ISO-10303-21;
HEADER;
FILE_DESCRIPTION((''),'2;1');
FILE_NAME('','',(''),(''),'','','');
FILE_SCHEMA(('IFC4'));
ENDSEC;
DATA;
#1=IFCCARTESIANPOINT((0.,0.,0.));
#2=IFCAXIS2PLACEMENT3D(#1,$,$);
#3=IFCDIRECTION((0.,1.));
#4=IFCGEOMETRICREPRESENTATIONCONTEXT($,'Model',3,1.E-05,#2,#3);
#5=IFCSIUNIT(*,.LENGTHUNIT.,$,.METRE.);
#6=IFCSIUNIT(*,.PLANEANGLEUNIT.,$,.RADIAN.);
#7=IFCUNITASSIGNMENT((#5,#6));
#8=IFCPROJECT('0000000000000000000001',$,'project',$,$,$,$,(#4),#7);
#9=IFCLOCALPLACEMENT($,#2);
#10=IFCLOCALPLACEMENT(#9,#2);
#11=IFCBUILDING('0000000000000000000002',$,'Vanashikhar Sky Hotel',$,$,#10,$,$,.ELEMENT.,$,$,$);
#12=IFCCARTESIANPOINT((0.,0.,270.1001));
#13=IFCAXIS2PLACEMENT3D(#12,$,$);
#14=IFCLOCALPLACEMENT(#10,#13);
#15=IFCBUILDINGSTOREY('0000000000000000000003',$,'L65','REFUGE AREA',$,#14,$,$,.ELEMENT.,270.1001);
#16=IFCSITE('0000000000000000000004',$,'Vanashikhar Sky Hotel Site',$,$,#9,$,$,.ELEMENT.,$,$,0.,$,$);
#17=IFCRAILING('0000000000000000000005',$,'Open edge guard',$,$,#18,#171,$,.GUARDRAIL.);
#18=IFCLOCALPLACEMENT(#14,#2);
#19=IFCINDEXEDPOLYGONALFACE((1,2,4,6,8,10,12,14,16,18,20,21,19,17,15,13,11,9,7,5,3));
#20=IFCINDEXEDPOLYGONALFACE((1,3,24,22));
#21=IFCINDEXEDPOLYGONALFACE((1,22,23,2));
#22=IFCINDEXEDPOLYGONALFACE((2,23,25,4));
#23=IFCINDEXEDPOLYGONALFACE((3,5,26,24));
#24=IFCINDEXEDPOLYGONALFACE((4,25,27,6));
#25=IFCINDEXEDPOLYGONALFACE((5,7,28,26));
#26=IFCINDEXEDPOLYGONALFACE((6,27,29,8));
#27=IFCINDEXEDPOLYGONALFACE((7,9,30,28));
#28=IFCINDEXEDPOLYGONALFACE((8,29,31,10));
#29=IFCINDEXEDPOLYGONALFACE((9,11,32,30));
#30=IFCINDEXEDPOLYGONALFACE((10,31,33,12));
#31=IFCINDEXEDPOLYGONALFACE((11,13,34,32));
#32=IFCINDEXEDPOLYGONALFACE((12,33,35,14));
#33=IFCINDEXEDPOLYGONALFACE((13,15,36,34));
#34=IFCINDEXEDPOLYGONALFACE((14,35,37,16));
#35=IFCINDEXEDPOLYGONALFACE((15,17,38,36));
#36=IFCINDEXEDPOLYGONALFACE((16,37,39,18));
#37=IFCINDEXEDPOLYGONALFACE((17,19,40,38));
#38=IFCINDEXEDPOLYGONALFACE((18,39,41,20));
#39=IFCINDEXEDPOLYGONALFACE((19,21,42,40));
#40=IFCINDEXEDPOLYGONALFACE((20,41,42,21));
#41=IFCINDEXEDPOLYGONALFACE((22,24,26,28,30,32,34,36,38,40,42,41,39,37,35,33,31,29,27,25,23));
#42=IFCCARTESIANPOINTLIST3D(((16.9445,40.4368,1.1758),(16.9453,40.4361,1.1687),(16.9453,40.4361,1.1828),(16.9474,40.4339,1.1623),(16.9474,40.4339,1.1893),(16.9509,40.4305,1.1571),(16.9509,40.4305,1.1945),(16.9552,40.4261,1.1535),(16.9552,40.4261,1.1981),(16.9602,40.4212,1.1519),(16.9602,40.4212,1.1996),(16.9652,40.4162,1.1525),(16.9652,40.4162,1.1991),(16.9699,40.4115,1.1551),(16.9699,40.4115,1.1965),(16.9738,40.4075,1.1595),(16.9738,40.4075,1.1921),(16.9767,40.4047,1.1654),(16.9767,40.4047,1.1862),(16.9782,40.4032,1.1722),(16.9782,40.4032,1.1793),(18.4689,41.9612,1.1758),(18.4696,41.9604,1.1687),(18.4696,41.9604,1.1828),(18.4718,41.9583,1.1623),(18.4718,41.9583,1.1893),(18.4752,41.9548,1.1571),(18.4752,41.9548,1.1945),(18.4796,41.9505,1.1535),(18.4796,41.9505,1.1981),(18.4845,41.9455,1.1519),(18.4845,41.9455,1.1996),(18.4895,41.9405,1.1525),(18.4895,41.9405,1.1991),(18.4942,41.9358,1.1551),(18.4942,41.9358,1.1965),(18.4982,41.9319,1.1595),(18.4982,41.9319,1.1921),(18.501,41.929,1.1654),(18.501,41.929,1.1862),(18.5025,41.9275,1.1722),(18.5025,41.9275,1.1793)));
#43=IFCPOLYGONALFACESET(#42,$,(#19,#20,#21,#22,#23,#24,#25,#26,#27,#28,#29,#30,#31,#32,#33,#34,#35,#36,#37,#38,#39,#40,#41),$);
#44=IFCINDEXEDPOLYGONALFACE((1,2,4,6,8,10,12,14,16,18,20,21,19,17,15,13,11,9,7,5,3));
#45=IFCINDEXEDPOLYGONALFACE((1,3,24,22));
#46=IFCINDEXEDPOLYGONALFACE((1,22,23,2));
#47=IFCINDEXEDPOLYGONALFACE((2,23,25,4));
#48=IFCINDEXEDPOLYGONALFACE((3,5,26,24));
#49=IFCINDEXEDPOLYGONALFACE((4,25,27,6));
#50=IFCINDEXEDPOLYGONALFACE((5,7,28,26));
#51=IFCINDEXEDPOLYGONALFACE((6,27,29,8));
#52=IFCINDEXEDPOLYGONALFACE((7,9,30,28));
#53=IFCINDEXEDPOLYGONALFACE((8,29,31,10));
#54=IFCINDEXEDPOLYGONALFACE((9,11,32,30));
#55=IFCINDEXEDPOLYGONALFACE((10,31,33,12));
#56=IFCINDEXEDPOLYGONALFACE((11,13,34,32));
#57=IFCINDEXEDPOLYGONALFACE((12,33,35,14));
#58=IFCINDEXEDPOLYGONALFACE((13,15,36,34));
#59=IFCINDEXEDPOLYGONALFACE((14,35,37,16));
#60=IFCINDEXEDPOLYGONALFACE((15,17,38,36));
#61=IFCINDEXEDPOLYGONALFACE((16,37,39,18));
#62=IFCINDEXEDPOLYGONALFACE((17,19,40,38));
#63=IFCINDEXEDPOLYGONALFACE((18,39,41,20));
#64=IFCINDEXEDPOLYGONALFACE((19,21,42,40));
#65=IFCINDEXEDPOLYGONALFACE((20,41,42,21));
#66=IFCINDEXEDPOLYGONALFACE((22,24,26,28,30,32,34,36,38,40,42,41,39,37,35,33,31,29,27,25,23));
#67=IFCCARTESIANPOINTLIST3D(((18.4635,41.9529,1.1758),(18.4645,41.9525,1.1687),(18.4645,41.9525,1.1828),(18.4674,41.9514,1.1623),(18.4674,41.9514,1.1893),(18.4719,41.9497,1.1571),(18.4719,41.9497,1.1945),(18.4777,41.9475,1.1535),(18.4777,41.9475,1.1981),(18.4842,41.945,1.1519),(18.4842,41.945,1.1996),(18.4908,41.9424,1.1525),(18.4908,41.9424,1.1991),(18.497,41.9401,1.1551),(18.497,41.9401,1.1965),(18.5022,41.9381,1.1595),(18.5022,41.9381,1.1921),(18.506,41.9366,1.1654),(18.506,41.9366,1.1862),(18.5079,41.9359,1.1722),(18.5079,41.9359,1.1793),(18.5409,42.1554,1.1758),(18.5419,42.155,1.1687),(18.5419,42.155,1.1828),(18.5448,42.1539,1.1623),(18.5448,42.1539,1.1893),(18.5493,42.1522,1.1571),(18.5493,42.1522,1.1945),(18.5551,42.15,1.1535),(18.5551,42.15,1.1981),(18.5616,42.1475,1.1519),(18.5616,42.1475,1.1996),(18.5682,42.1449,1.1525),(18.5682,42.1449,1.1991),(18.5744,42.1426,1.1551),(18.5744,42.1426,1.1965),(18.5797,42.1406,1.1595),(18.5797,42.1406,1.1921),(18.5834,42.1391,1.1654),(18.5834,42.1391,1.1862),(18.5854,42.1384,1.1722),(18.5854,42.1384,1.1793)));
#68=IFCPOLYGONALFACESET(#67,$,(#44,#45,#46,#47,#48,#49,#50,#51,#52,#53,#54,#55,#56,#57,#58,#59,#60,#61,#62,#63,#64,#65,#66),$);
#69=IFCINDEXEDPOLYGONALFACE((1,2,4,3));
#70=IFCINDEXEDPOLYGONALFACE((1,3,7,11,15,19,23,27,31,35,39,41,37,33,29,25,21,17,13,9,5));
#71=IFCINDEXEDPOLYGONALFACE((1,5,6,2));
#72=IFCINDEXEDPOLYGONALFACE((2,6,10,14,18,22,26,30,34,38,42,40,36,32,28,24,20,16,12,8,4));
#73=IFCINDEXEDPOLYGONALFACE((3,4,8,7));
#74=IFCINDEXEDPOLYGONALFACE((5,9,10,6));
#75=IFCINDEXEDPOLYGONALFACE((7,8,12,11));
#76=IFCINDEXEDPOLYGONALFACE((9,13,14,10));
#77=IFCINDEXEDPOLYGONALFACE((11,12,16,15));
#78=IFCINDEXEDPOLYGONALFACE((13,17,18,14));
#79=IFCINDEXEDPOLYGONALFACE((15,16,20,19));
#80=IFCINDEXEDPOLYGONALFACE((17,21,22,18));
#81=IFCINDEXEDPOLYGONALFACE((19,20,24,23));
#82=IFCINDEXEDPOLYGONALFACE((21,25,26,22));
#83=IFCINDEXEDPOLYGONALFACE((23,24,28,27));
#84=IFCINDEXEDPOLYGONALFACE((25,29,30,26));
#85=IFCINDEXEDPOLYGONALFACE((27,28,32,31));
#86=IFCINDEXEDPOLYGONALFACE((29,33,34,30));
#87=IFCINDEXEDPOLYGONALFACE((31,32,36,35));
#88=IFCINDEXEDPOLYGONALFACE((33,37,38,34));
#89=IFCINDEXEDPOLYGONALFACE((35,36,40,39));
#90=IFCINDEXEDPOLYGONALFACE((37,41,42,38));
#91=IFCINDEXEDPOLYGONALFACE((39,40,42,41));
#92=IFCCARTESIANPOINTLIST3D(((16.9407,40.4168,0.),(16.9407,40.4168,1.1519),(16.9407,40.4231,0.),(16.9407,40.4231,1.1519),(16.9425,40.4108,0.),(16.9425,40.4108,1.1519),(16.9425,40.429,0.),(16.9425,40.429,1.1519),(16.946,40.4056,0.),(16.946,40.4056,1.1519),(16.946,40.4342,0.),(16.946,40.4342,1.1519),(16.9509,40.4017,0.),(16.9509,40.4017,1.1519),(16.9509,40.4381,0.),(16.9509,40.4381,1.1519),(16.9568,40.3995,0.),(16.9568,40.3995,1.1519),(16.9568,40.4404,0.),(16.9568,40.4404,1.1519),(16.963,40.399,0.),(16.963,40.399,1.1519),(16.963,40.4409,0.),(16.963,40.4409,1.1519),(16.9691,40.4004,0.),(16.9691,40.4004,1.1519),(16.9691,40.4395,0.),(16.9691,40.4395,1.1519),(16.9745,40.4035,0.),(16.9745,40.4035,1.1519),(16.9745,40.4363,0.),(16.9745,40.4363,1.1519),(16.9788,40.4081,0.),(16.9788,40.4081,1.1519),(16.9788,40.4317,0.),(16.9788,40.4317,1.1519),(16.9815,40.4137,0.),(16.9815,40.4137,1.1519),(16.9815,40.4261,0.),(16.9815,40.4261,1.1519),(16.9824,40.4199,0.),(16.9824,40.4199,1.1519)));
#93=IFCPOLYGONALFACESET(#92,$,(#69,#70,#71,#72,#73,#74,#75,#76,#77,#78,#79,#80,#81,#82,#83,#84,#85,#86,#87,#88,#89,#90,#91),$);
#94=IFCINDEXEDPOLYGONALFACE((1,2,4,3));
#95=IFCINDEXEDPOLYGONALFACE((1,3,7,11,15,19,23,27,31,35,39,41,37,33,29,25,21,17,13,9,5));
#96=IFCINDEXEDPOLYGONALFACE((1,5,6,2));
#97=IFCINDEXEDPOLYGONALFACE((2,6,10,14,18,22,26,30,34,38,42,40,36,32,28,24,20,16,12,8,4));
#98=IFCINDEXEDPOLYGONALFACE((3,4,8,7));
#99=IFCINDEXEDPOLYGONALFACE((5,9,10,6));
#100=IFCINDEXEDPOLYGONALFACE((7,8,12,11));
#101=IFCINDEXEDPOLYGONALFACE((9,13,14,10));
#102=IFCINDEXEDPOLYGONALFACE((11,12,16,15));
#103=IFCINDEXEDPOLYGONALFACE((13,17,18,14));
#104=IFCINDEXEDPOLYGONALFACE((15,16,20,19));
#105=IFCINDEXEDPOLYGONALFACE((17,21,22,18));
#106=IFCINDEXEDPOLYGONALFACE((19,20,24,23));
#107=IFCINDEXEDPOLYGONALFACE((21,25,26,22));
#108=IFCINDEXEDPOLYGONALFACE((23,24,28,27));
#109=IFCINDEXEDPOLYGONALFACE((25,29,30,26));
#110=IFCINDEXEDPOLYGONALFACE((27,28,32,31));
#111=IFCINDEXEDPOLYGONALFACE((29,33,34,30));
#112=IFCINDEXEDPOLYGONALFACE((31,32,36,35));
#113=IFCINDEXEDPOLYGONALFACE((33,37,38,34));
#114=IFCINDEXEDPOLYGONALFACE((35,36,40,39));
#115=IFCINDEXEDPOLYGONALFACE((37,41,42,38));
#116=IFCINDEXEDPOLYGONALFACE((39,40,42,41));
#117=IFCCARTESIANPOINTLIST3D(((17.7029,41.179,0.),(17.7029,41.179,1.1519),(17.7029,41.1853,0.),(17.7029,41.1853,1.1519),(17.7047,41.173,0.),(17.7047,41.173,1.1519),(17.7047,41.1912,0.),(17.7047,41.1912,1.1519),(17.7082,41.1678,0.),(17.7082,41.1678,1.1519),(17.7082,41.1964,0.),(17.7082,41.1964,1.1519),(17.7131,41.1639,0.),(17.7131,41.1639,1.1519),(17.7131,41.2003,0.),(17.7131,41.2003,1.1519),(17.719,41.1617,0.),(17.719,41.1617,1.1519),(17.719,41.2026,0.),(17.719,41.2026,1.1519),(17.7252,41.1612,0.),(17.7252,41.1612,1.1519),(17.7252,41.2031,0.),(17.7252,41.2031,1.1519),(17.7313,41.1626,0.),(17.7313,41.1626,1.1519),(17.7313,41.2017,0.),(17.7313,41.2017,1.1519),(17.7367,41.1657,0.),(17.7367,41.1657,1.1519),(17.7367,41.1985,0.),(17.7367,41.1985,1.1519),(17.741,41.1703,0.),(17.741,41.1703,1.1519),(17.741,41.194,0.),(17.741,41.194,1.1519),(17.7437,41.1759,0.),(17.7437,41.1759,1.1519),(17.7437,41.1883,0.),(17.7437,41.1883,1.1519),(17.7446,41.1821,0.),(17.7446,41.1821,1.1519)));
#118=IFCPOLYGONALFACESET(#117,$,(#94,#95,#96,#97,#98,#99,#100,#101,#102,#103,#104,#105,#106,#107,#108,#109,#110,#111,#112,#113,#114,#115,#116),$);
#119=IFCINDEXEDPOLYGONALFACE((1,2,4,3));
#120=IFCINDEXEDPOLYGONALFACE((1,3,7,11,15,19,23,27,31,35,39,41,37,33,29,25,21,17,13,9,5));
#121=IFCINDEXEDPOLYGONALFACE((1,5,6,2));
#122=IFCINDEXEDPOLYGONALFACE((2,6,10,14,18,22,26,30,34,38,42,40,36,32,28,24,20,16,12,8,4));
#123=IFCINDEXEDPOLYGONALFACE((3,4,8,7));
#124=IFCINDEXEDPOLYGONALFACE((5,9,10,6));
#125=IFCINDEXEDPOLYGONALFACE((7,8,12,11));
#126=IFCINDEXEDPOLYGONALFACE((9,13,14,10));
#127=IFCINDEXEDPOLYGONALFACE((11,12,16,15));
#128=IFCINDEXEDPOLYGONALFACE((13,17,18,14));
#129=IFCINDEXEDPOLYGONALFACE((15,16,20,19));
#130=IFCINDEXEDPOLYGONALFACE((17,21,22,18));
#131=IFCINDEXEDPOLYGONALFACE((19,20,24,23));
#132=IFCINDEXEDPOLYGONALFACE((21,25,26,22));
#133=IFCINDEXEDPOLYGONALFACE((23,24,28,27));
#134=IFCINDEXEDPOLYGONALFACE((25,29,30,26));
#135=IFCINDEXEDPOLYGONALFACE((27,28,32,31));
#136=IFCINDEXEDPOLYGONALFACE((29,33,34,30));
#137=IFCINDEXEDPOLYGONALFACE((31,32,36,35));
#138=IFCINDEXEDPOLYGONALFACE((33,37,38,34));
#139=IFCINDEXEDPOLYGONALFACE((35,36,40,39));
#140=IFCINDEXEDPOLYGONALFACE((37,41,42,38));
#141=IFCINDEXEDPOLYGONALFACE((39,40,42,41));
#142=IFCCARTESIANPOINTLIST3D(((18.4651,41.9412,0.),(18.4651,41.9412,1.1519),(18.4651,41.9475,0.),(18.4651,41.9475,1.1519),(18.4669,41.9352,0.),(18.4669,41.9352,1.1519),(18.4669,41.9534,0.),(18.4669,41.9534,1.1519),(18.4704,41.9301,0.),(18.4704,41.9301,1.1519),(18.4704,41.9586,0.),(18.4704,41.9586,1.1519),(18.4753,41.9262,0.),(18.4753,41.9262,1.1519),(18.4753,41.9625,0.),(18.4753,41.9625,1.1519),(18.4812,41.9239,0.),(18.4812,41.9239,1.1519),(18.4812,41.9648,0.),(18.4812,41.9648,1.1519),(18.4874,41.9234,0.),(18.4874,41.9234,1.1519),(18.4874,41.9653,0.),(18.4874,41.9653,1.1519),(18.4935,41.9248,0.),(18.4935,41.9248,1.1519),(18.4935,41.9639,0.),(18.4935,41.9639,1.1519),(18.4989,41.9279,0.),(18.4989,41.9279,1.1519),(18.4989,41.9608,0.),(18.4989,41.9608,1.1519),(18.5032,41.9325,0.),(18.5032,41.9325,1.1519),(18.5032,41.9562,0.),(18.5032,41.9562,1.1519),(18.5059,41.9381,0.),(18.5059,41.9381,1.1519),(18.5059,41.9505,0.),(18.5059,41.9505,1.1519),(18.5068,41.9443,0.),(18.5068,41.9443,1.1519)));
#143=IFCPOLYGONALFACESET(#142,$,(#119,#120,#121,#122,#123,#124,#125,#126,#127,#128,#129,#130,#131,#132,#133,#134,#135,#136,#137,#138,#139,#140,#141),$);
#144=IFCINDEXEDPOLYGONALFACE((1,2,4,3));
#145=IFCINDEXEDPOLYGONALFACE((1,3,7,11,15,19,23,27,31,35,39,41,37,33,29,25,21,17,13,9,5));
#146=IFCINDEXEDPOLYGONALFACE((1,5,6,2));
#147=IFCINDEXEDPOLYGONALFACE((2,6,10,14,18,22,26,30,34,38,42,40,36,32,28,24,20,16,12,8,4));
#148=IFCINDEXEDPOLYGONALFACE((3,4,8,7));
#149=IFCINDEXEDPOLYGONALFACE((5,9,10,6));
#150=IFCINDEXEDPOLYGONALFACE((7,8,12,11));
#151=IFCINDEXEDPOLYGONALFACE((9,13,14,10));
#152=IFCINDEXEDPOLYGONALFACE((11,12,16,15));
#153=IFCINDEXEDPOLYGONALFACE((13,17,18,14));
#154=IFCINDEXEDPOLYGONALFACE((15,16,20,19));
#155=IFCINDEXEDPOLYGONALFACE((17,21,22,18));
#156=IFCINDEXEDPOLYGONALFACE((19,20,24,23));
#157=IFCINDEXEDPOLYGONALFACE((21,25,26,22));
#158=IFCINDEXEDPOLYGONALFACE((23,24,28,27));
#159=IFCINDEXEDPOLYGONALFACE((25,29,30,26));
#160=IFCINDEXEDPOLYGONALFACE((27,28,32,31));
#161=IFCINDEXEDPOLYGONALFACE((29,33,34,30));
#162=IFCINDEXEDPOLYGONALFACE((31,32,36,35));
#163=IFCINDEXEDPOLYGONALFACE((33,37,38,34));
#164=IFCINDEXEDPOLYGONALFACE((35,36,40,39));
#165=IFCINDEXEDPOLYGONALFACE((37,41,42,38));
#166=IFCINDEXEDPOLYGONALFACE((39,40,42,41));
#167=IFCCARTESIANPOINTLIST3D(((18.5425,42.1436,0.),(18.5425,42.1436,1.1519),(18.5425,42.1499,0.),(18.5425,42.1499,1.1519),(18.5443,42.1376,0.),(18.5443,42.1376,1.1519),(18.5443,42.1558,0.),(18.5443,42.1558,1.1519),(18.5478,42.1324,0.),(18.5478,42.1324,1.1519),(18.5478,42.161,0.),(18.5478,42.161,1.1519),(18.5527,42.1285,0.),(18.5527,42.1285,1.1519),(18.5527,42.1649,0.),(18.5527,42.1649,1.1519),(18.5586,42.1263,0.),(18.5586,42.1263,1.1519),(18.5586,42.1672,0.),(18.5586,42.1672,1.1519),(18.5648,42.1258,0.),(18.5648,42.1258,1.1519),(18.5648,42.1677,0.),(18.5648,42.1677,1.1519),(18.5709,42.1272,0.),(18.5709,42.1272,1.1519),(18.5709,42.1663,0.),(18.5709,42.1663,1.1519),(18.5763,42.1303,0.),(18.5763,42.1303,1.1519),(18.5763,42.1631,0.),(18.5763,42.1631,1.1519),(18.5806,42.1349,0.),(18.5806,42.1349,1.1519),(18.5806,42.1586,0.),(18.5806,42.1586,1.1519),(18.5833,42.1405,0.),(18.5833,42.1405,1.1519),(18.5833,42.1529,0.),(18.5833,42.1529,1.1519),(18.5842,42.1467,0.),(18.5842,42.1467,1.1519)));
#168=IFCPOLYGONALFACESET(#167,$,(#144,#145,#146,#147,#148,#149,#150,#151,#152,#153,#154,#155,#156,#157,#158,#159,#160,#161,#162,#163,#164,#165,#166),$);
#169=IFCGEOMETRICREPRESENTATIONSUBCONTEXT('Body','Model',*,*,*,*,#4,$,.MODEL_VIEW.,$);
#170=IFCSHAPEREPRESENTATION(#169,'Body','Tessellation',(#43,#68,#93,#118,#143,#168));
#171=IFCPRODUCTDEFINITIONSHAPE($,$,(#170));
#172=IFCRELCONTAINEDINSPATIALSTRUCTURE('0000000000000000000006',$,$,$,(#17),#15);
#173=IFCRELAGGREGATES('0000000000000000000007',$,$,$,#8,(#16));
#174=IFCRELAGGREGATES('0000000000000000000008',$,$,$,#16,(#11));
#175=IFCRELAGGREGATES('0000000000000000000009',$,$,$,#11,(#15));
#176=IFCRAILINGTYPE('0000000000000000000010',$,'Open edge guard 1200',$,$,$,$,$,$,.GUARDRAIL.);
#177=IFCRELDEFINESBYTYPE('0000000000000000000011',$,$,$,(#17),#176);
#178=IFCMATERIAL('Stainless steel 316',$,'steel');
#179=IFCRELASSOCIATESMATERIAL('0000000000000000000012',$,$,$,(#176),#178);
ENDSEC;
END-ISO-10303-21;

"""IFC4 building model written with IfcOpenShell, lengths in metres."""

from ifc_helpers import new_model, si_unit, direction, frame, origin, origin_2d, place, context, subcontext, project, spatial, circle, extrude, source, transform, mapped, material, type_object, element, save


model = new_model("IFC4")

# Units and contexts
model_context = context("Model", 3, precision=1e-05, world=origin(), true_north=direction((0.0, 1.0)))
body_context = subcontext(model_context, "Body", "Model", "MODEL_VIEW")
ifc_project = project(units=[si_unit("LENGTHUNIT", "METRE"), si_unit("PLANEANGLEUNIT", "RADIAN")], contexts=[model_context])

# Site, building, storey
site_placement = place(None, origin())
site = spatial("IfcSite", under=ifc_project, at=site_placement, Name="Vanashikhar Sky Hotel Site", CompositionType="ELEMENT", RefElevation=0.0)
building_placement = place(site_placement, origin())
building = spatial("IfcBuilding", under=site, at=building_placement, Name="Vanashikhar Sky Hotel", CompositionType="ELEMENT")
storey_placement = place(building_placement, frame((0.0, 0.0, 270.1001)))
storey = spatial("IfcBuildingStorey", under=building, at=storey_placement, Name="L65", Description="REFUGE AREA", CompositionType="ELEMENT", Elevation=270.1001)

# Shared definitions
ifc_material_1 = material(Name="Stainless steel 316", Category="steel")
railing_type = type_object("IfcRailingType", Name="Open edge guard 1200", PredefinedType="GUARDRAIL", material=ifc_material_1)

# Railing
shared_shape_1 = source(origin(), body_context, "Body", "SweptSolid", [
    extrude(circle(Radius=0.0239, at=origin_2d()), frame((0.0, 0.0, 1.1758), z_axis=(0.707107, 0.707107, 0.0), x_axis=(-0.707107, 0.707107, 0.0)), (0.0, 0.0, 1.0), 2.1558),
    extrude(circle(Radius=0.0239, at=origin_2d()), frame((1.5244, 1.5244, 1.1758), z_axis=(0.357166, 0.934041, 0.0), x_axis=(-0.934041, 0.357166, 0.0)), (0.0, 0.0, 1.0), 0.2168),
    extrude(circle(Radius=0.021, at=origin_2d()), origin(), (0.0, 0.0, 1.0), 1.1519),
    extrude(circle(Radius=0.021, at=origin_2d()), frame((0.7622, 0.7622, 0.0)), (0.0, 0.0, 1.0), 1.1519),
    extrude(circle(Radius=0.021, at=origin_2d()), frame((1.5244, 1.5244, 0.0)), (0.0, 0.0, 1.0), 1.1519),
    extrude(circle(Radius=0.021, at=origin_2d()), frame((1.6018, 1.7268, 0.0)), (0.0, 0.0, 1.0), 1.1519),
])
railing_1_placement = place(storey_placement, frame((16.9614, 40.4199, 0.0)))
element("IfcRailing", 1, at=railing_1_placement, inside=storey, type_object=railing_type, Name="Open edge guard", PredefinedType="GUARDRAIL", context=body_context, shape_type="MappedRepresentation", body=[
    mapped(shared_shape_1, transform((0.0, 0.0, 0.0), scale=1.0)),
])

save(model, "model.ifc")
